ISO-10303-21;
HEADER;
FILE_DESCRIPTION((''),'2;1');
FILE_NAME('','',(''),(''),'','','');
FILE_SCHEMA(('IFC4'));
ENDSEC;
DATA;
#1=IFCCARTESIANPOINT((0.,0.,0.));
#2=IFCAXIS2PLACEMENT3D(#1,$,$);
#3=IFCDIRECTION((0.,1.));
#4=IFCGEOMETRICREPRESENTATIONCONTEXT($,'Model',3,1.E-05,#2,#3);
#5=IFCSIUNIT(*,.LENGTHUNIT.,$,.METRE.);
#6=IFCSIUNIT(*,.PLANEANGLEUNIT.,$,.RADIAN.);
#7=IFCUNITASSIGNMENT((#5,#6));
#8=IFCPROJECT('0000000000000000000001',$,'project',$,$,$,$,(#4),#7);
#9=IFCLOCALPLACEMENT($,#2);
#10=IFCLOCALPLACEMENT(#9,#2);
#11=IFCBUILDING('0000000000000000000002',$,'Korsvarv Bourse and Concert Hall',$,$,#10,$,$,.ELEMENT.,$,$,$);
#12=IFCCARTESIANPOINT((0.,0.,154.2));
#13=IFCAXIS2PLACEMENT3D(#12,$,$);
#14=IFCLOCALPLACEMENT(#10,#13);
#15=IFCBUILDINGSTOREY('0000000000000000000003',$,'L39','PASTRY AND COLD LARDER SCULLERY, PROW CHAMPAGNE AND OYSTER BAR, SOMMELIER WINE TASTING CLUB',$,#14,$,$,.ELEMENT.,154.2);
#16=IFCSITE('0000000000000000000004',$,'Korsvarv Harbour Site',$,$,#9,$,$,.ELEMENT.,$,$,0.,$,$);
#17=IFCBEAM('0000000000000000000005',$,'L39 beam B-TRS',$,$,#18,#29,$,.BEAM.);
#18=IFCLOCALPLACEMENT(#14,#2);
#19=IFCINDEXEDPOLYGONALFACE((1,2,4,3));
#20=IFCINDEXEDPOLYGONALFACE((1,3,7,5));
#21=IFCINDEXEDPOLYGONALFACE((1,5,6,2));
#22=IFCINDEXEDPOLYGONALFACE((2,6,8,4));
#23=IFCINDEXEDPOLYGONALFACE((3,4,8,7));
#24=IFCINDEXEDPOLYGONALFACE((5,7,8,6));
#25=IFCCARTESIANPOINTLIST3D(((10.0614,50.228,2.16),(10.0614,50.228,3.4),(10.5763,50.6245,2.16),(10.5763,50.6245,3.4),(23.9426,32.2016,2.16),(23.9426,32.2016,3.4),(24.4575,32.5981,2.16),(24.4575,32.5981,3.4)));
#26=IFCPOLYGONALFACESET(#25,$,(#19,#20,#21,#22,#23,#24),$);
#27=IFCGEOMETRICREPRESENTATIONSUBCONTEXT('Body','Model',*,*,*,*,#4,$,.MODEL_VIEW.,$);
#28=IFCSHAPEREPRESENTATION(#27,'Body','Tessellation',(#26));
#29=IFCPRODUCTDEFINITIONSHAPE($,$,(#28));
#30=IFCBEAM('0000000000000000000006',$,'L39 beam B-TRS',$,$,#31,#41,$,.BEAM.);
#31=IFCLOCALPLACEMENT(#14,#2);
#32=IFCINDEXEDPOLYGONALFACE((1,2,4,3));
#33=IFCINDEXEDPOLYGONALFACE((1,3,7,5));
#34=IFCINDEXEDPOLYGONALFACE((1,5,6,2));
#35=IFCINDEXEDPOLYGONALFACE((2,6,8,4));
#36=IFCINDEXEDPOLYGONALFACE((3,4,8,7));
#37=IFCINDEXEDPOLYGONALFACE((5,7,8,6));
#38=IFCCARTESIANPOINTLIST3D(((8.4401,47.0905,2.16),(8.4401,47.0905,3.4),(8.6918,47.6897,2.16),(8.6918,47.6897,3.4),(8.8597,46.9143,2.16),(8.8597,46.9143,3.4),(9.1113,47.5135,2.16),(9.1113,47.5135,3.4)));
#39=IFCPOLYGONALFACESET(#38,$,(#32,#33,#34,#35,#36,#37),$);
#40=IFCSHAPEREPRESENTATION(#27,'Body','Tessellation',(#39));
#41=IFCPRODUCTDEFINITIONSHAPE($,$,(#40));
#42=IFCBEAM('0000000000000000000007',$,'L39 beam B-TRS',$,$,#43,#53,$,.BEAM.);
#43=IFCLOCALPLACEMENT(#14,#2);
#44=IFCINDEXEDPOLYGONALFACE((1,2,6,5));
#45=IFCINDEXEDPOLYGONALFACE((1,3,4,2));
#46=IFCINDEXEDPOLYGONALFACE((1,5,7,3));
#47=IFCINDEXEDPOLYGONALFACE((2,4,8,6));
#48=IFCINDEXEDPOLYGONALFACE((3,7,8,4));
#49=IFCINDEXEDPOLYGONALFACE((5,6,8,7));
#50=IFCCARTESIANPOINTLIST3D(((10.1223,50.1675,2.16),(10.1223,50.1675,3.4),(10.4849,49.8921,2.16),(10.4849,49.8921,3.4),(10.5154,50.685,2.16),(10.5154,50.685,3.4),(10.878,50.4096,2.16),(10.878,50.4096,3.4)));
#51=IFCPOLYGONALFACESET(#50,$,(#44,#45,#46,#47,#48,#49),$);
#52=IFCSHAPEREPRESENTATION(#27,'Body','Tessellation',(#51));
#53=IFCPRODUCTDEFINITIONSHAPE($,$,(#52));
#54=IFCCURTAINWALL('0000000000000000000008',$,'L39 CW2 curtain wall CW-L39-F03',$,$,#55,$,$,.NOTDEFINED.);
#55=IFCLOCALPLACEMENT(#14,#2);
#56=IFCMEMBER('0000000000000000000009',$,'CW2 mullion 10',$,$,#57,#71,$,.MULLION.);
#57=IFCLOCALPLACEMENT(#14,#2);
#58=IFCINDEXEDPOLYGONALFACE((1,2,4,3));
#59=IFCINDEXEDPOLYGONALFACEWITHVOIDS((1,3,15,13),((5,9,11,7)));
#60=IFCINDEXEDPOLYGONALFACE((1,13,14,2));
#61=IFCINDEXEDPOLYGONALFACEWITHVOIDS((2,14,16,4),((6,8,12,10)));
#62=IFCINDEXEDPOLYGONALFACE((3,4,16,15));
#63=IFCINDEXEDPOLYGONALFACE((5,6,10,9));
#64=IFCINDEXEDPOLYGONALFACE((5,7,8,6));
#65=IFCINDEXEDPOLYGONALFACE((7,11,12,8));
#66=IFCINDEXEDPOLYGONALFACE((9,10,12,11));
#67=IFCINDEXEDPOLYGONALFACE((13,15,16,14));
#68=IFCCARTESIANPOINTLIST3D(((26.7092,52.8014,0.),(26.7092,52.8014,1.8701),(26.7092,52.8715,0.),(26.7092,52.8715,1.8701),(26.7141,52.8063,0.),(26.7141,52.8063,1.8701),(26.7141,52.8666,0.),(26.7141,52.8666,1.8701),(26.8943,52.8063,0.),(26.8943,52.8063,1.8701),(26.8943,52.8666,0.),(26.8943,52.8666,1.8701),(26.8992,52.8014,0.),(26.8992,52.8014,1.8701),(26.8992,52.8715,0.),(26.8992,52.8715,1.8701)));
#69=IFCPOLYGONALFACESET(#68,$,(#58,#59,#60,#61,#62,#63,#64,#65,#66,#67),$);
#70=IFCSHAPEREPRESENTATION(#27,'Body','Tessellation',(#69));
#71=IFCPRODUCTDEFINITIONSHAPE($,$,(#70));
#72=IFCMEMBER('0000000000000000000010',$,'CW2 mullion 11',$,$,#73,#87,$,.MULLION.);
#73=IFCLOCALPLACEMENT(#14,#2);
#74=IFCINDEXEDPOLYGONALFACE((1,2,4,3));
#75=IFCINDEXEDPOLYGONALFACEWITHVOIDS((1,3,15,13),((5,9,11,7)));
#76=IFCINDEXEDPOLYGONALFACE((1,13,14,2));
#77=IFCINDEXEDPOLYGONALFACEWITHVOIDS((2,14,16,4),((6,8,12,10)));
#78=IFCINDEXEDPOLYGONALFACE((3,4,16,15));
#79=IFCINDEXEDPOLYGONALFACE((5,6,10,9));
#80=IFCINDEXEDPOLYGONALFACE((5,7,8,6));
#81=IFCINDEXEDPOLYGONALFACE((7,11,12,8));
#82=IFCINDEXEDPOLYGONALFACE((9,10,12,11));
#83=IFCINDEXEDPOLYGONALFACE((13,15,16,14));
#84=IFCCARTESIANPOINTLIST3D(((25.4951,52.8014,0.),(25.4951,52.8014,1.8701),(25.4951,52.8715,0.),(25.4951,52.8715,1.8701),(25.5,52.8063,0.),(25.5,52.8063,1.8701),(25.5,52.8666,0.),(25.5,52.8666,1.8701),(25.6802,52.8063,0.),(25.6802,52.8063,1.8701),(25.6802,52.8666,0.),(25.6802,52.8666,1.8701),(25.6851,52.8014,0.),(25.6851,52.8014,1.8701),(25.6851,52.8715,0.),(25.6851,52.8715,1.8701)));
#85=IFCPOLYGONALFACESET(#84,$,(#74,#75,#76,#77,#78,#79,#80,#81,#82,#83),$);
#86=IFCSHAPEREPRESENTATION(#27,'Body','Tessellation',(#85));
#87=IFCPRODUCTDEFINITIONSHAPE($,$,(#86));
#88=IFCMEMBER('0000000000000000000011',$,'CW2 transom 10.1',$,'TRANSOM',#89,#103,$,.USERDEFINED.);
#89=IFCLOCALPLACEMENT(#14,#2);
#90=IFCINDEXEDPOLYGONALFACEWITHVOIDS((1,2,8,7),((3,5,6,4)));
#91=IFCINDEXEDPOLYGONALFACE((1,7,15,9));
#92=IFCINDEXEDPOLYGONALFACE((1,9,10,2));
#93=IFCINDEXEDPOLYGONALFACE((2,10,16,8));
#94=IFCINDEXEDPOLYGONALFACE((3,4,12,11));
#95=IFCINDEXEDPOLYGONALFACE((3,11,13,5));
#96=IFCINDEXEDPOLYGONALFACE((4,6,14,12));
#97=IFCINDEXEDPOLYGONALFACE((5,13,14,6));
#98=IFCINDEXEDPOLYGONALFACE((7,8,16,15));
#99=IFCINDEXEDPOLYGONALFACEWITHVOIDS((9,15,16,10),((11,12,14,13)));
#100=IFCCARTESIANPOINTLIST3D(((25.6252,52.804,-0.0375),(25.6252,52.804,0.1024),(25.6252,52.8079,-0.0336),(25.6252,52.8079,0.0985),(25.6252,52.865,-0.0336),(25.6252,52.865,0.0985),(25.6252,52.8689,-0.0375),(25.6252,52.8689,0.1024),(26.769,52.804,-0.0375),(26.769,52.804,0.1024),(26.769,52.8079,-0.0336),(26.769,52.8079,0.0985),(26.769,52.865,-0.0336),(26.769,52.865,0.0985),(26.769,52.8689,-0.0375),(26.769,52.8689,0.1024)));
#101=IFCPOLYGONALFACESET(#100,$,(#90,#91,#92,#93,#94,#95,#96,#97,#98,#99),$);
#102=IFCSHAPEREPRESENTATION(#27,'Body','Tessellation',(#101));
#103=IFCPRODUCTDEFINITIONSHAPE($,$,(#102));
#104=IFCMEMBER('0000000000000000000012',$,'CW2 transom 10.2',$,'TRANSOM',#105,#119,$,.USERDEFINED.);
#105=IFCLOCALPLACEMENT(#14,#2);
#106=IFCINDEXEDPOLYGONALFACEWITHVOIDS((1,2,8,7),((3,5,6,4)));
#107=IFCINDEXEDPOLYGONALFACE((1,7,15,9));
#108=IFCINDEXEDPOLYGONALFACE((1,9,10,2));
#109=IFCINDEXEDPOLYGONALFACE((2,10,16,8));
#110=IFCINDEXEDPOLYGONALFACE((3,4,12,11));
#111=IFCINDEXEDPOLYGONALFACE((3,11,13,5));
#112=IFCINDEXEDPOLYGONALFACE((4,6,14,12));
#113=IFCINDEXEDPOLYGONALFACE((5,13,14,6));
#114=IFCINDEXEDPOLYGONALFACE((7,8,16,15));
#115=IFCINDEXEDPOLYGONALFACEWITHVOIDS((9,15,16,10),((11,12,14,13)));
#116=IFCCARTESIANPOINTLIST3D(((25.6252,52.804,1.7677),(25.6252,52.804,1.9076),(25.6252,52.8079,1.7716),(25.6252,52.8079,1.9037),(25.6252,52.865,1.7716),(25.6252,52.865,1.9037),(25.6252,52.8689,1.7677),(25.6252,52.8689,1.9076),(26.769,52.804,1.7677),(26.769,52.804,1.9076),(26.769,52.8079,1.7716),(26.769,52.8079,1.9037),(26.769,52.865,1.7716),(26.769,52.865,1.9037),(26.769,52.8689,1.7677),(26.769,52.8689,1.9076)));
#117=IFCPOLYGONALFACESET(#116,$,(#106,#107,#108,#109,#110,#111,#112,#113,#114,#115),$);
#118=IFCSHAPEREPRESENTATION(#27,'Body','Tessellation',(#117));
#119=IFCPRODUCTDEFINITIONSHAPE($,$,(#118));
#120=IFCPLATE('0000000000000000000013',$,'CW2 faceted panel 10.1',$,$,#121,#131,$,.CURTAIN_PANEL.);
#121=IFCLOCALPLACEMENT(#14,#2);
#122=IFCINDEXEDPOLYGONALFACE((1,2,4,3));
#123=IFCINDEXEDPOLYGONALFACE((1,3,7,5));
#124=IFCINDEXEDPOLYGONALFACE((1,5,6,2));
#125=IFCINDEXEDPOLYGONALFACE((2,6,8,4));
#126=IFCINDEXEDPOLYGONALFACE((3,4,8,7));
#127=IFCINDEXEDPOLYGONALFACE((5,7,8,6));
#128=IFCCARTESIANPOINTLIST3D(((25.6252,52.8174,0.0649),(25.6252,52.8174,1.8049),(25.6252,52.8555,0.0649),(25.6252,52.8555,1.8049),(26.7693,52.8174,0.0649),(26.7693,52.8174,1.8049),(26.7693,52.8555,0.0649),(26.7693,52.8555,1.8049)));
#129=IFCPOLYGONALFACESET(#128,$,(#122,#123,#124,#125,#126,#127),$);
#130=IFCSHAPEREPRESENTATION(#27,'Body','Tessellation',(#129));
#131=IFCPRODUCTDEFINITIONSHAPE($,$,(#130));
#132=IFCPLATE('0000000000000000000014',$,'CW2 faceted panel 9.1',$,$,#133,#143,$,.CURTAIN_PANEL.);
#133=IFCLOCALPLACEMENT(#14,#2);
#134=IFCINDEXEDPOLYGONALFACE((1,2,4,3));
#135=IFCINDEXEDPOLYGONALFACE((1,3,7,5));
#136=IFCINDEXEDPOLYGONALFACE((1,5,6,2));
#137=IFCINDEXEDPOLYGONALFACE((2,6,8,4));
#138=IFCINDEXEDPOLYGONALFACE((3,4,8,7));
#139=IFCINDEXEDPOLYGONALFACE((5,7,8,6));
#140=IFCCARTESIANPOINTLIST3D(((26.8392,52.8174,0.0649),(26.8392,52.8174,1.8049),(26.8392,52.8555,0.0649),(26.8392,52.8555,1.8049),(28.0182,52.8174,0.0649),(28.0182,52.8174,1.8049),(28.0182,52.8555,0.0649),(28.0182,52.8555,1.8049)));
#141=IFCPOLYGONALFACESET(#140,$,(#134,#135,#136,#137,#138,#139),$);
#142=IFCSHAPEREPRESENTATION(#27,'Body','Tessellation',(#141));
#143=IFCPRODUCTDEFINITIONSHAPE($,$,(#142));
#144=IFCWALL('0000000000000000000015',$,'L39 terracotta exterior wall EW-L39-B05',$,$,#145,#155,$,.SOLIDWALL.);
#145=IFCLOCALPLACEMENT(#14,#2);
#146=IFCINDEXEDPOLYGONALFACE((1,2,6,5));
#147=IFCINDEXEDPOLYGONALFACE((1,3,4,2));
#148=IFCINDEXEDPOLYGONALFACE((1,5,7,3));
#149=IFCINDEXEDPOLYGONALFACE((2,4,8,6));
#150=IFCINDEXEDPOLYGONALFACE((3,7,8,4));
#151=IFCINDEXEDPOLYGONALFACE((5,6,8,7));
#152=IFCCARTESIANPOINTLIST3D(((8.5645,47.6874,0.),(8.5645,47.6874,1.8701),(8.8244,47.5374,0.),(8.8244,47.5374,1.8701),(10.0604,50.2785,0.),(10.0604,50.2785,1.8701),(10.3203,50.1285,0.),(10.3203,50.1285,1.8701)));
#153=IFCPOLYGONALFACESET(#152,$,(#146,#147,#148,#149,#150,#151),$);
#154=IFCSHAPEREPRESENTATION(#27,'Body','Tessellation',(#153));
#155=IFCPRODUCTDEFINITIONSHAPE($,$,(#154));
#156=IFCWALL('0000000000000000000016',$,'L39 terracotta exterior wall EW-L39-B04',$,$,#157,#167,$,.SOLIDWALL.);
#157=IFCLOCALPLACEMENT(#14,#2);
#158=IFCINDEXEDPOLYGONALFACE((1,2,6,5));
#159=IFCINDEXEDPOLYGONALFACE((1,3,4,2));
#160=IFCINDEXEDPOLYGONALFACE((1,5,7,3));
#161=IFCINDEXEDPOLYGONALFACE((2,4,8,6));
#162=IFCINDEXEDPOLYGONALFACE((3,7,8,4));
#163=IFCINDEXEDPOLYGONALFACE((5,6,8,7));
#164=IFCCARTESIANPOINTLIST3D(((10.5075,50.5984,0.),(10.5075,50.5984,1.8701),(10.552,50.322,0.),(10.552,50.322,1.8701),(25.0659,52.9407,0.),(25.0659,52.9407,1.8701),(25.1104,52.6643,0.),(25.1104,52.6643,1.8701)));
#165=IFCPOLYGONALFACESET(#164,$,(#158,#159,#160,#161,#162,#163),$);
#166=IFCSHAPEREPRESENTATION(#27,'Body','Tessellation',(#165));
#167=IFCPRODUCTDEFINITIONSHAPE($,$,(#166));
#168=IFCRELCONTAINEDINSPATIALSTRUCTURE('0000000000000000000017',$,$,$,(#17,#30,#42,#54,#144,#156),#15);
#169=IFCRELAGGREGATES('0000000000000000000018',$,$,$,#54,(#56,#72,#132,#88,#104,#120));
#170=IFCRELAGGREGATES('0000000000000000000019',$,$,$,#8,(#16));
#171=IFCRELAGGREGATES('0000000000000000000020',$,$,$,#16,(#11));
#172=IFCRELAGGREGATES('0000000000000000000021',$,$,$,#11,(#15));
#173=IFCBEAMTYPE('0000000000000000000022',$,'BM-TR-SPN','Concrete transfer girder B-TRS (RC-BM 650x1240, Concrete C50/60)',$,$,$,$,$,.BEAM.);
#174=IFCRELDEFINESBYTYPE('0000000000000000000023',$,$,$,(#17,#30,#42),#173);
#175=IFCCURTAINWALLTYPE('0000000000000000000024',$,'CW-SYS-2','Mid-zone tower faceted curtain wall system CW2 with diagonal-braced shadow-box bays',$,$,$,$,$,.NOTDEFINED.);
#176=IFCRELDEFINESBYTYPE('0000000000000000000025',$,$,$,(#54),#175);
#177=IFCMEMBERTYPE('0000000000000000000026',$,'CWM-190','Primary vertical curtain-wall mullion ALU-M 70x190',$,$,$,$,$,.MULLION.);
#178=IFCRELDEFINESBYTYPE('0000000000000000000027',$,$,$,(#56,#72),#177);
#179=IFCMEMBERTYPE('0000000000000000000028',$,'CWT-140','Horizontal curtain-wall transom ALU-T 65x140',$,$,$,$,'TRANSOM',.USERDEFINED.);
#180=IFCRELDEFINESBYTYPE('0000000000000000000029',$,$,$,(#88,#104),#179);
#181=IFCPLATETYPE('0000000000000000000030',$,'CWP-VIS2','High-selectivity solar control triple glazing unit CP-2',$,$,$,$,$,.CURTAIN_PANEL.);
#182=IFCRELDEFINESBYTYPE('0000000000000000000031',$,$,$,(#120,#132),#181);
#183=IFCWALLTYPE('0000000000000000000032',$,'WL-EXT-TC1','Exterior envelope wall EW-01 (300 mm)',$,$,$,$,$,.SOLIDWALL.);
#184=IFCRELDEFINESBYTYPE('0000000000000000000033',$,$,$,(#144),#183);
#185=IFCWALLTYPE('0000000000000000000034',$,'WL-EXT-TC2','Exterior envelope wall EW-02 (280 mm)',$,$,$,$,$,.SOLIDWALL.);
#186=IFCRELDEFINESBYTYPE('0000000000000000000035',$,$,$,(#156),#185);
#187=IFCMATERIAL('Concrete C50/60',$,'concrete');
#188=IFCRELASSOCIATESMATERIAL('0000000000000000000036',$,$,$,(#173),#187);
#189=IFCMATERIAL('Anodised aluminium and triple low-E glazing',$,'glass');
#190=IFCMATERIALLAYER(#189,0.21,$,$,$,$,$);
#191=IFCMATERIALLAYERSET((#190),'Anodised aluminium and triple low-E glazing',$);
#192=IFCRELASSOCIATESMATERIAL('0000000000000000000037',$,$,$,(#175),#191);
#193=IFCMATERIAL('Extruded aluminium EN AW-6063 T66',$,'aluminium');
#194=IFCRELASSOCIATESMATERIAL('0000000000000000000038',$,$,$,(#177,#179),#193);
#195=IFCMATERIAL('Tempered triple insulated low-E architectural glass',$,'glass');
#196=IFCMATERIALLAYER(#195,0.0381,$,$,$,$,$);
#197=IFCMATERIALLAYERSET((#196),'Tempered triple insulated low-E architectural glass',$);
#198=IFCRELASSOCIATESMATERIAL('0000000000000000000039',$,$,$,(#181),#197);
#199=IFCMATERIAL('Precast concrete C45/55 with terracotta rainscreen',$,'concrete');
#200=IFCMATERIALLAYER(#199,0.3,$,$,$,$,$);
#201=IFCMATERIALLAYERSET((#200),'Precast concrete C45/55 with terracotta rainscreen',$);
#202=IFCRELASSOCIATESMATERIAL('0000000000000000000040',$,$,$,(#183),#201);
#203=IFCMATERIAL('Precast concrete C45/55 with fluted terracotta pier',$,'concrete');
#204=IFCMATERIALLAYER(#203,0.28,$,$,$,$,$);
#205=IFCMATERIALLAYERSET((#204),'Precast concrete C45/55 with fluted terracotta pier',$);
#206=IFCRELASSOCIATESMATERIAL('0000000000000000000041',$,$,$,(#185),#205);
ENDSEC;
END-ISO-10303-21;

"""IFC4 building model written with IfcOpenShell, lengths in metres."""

from ifc_helpers import new_model, si_unit, direction, frame, frame_2d, origin, origin_2d, place, context, subcontext, project, spatial, rectangle, hollow_rectangle, extrude, source, transform, mapped, material, layer, layer_set, material_profile, profile_set, type_object, element, aggregate, save


model = new_model("IFC4")

# Units and contexts
model_context = context("Model", 3, precision=1e-05, world=origin(), true_north=direction((0.0, 1.0)))
body_context = subcontext(model_context, "Body", "Model", "MODEL_VIEW")
ifc_project = project(units=[si_unit("LENGTHUNIT", "METRE"), si_unit("PLANEANGLEUNIT", "RADIAN")], contexts=[model_context])

# Site, building, storey
site_placement = place(None, origin())
site = spatial("IfcSite", under=ifc_project, at=site_placement, Name="Korsvarv Harbour Site", CompositionType="ELEMENT", RefElevation=0.0)
building_placement = place(site_placement, origin())
building = spatial("IfcBuilding", under=site, at=building_placement, Name="Korsvarv Bourse and Concert Hall", CompositionType="ELEMENT")
storey_placement = place(building_placement, frame((0.0, 0.0, 154.2)))
storey = spatial("IfcBuildingStorey", under=building, at=storey_placement, Name="L39", Description="PASTRY AND COLD LARDER SCULLERY, PROW CHAMPAGNE AND OYSTER BAR, SOMMELIER WINE TASTING CLUB", CompositionType="ELEMENT", Elevation=154.2)

# Beams
ifc_material_1 = material(Name="Concrete C50/60", Category="concrete")
ifc_material_profile_1 = material_profile(ifc_material_1, rectangle(XDim=0.6499, YDim=1.24, at=origin_2d()), Name="RC-BM 650x1240")
ifc_profile_set_1 = profile_set([ifc_material_profile_1], Name="Concrete C50/60")
beam_type_1 = type_object("IfcBeamType", Name="BM-TR-SPN", Description="Concrete transfer girder B-TRS (RC-BM 650x1240, Concrete C50/60)", PredefinedType="BEAM", material=ifc_profile_set_1)
shared_shape_1 = source(origin(), body_context, "Body", "SweptSolid", [
    extrude(rectangle(XDim=0.6499, YDim=1.24, at=origin_2d()), origin(), (0.0, 0.0, 1.0), 22.7517),
])
beam_1_placement = place(storey_placement, frame((10.3188, 50.4263, 2.78), z_axis=(0.610116, -0.792312, 0.0), x_axis=(0.792312, 0.610116, 0.0)))
element("IfcBeam", 1, at=beam_1_placement, inside=storey, type_object=beam_type_1, Name="L39 beam B-TRS", PredefinedType="BEAM", context=body_context, shape_type="MappedRepresentation", body=[
    mapped(shared_shape_1, transform((0.0, 0.0, 0.0), scale=1.0)),
])
shared_shape_2 = source(origin(), body_context, "Body", "SweptSolid", [
    extrude(rectangle(XDim=0.6499, YDim=1.24, at=origin_2d()), origin(), (0.0, 0.0, 1.0), 0.4551),
])
beam_2_placement = place(storey_placement, frame((8.5659, 47.3901, 2.78), z_axis=(0.921978, -0.387242, 0.0), x_axis=(0.387242, 0.921978, 0.0)))
element("IfcBeam", 2, at=beam_2_placement, inside=storey, type_object=beam_type_1, Name="L39 beam B-TRS", PredefinedType="BEAM", context=body_context, shape_type="MappedRepresentation", body=[
    mapped(shared_shape_2, transform((0.0, 0.0, 0.0), scale=1.0)),
])
shared_shape_3 = source(origin(), body_context, "Body", "SweptSolid", [
    extrude(rectangle(XDim=0.6499, YDim=1.24, at=origin_2d()), origin(), (0.0, 0.0, 1.0), 0.4553),
])
beam_3_placement = place(storey_placement, frame((10.3188, 50.4263, 2.78), z_axis=(0.796317, -0.604879, 0.0), x_axis=(0.604879, 0.796317, 0.0)))
element("IfcBeam", 3, at=beam_3_placement, inside=storey, type_object=beam_type_1, Name="L39 beam B-TRS", PredefinedType="BEAM", context=body_context, shape_type="MappedRepresentation", body=[
    mapped(shared_shape_3, transform((0.0, 0.0, 0.0), scale=1.0)),
])

# Curtain wall, members, plates
ifc_material_2 = material(Name="Anodised aluminium and triple low-E glazing", Category="glass")
ifc_layer_1 = layer(ifc_material_2, 0.21)
ifc_layer_set_1 = layer_set([ifc_layer_1], Name="Anodised aluminium and triple low-E glazing")
curtain_wall_type = type_object("IfcCurtainWallType", Name="CW-SYS-2", Description="Mid-zone tower faceted curtain wall system CW2 with diagonal-braced shadow-box bays", PredefinedType="NOTDEFINED", material=ifc_layer_set_1)
curtain_wall_placement = place(storey_placement, origin())
curtain_wall = element("IfcCurtainWall", 4, at=curtain_wall_placement, inside=storey, type_object=curtain_wall_type, Name="L39 CW2 curtain wall CW-L39-F03", PredefinedType="NOTDEFINED")
ifc_material_3 = material(Name="Extruded aluminium EN AW-6063 T66", Category="aluminium")
ifc_material_profile_2 = material_profile(ifc_material_3, hollow_rectangle(XDim=0.0701, YDim=0.1899, WallThickness=0.0049, at=origin_2d()), Name="ALU-M 70x190")
ifc_profile_set_2 = profile_set([ifc_material_profile_2], Name="Extruded aluminium EN AW-6063 T66")
member_type_1 = type_object("IfcMemberType", Name="CWM-190", Description="Primary vertical curtain-wall mullion ALU-M 70x190", PredefinedType="MULLION", material=ifc_profile_set_2)
shared_shape_4 = source(origin(), body_context, "Body", "SweptSolid", [
    extrude(hollow_rectangle(XDim=0.0701, YDim=0.1899, WallThickness=0.0049, at=origin_2d()), origin(), (0.0, 0.0, 1.0), 1.8701),
])
member_1_placement = place(storey_placement, frame((26.8042, 52.8364, 0.0), z_axis=(0.0, 0.0, 1.0), x_axis=(0.0, -1.0, 0.0)))
member_1 = element("IfcMember", 5, at=member_1_placement, type_object=member_type_1, Name="CW2 mullion 10", PredefinedType="MULLION", context=body_context, shape_type="MappedRepresentation", body=[
    mapped(shared_shape_4, transform((0.0, 0.0, 0.0), scale=1.0)),
])
member_2_placement = place(storey_placement, frame((25.5901, 52.8364, 0.0), z_axis=(0.0, 0.0, 1.0), x_axis=(0.0, -1.0, 0.0)))
member_2 = element("IfcMember", 6, at=member_2_placement, type_object=member_type_1, Name="CW2 mullion 11", PredefinedType="MULLION", context=body_context, shape_type="MappedRepresentation", body=[
    mapped(shared_shape_4, transform((0.0, 0.0, 0.0), scale=1.0)),
])
ifc_material_profile_3 = material_profile(ifc_material_3, hollow_rectangle(XDim=0.0649, YDim=0.1399, WallThickness=0.0039, at=origin_2d()), Name="ALU-T 65x140")
ifc_profile_set_3 = profile_set([ifc_material_profile_3], Name="Extruded aluminium EN AW-6063 T66")
member_type_2 = type_object("IfcMemberType", Name="CWT-140", Description="Horizontal curtain-wall transom ALU-T 65x140", ElementType="TRANSOM", PredefinedType="USERDEFINED", material=ifc_profile_set_3)
shared_shape_5 = source(origin(), body_context, "Body", "SweptSolid", [
    extrude(hollow_rectangle(XDim=0.0649, YDim=0.1399, WallThickness=0.0039, at=origin_2d()), origin(), (0.0, 0.0, 1.0), 1.1438),
])
member_3_placement = place(storey_placement, frame((26.769, 52.8364, 0.0325), z_axis=(-1.0, 0.0, 0.0), x_axis=(0.0, -1.0, 0.0)))
member_3 = element("IfcMember", 7, at=member_3_placement, type_object=member_type_2, Name="CW2 transom 10.1", ObjectType="TRANSOM", PredefinedType="USERDEFINED", context=body_context, shape_type="MappedRepresentation", body=[
    mapped(shared_shape_5, transform((0.0, 0.0, 0.0), scale=1.0)),
])
member_4_placement = place(storey_placement, frame((26.769, 52.8364, 1.8376), z_axis=(-1.0, 0.0, 0.0), x_axis=(0.0, -1.0, 0.0)))
member_4 = element("IfcMember", 8, at=member_4_placement, type_object=member_type_2, Name="CW2 transom 10.2", ObjectType="TRANSOM", PredefinedType="USERDEFINED", context=body_context, shape_type="MappedRepresentation", body=[
    mapped(shared_shape_5, transform((0.0, 0.0, 0.0), scale=1.0)),
])
ifc_material_4 = material(Name="Tempered triple insulated low-E architectural glass", Category="glass")
ifc_layer_2 = layer(ifc_material_4, 0.0381)
ifc_layer_set_2 = layer_set([ifc_layer_2], Name="Tempered triple insulated low-E architectural glass")
plate_type = type_object("IfcPlateType", Name="CWP-VIS2", Description="High-selectivity solar control triple glazing unit CP-2", PredefinedType="CURTAIN_PANEL", material=ifc_layer_set_2)
shared_shape_6 = source(origin(), body_context, "Body", "SweptSolid", [
    extrude(rectangle(XDim=1.144, YDim=0.0381, at=origin_2d()), origin(), (0.0, 0.0, 1.0), 1.74),
])
plate_1_placement = place(storey_placement, frame((26.1973, 52.8364, 0.0649), z_axis=(0.0, 0.0, 1.0), x_axis=(-1.0, 0.0, 0.0)))
plate_1 = element("IfcPlate", 9, at=plate_1_placement, type_object=plate_type, Name="CW2 faceted panel 10.1", PredefinedType="CURTAIN_PANEL", context=body_context, shape_type="MappedRepresentation", body=[
    mapped(shared_shape_6, transform((0.0, 0.0, 0.0), scale=1.0)),
])
shared_shape_7 = source(origin(), body_context, "Body", "SweptSolid", [
    extrude(rectangle(XDim=1.179, YDim=0.0381, at=origin_2d()), origin(), (0.0, 0.0, 1.0), 1.74),
])
plate_2_placement = place(storey_placement, frame((27.4287, 52.8364, 0.0649), z_axis=(0.0, 0.0, 1.0), x_axis=(-1.0, 0.0, 0.0)))
plate_2 = element("IfcPlate", 10, at=plate_2_placement, type_object=plate_type, Name="CW2 faceted panel 9.1", PredefinedType="CURTAIN_PANEL", context=body_context, shape_type="MappedRepresentation", body=[
    mapped(shared_shape_7, transform((0.0, 0.0, 0.0), scale=1.0)),
])
aggregate(curtain_wall, [member_1, member_2, plate_2, member_3, member_4, plate_1])

# Walls
ifc_material_5 = material(Name="Precast concrete C45/55 with terracotta rainscreen", Category="concrete")
ifc_layer_3 = layer(ifc_material_5, 0.3)
ifc_layer_set_3 = layer_set([ifc_layer_3], Name="Precast concrete C45/55 with terracotta rainscreen")
wall_type_1 = type_object("IfcWallType", Name="WL-EXT-TC1", Description="Exterior envelope wall EW-01 (300 mm)", PredefinedType="SOLIDWALL", material=ifc_layer_set_3)
wall_1_placement = place(storey_placement, frame((10.1904, 50.2036, 0.0), z_axis=(0.0, 0.0, 1.0), x_axis=(-0.499974, -0.86604, 0.0)))
element("IfcWall", 11, at=wall_1_placement, inside=storey, type_object=wall_type_1, Name="L39 terracotta exterior wall EW-L39-B05", PredefinedType="SOLIDWALL", context=body_context, shape_type="SweptSolid", body=[
    extrude(rectangle(XDim=2.9919, YDim=0.3, at=frame_2d((1.4961, 0.0))), origin(), (0.0, 0.0, 1.0), 1.8701),
])
ifc_material_6 = material(Name="Precast concrete C45/55 with fluted terracotta pier", Category="concrete")
ifc_layer_4 = layer(ifc_material_6, 0.28)
ifc_layer_set_4 = layer_set([ifc_layer_4], Name="Precast concrete C45/55 with fluted terracotta pier")
wall_type_2 = type_object("IfcWallType", Name="WL-EXT-TC2", Description="Exterior envelope wall EW-02 (280 mm)", PredefinedType="SOLIDWALL", material=ifc_layer_set_4)
wall_2_placement = place(storey_placement, frame((25.0881, 52.8025, 0.0), z_axis=(0.0, 0.0, 1.0), x_axis=(-0.987303, -0.158847, 0.0)))
element("IfcWall", 12, at=wall_2_placement, inside=storey, type_object=wall_type_2, Name="L39 terracotta exterior wall EW-L39-B04", PredefinedType="SOLIDWALL", context=body_context, shape_type="SweptSolid", body=[
    extrude(rectangle(XDim=14.7456, YDim=0.28, at=frame_2d((7.3728, 0.0))), origin(), (0.0, 0.0, 1.0), 1.8701),
])

save(model, "model.ifc")
